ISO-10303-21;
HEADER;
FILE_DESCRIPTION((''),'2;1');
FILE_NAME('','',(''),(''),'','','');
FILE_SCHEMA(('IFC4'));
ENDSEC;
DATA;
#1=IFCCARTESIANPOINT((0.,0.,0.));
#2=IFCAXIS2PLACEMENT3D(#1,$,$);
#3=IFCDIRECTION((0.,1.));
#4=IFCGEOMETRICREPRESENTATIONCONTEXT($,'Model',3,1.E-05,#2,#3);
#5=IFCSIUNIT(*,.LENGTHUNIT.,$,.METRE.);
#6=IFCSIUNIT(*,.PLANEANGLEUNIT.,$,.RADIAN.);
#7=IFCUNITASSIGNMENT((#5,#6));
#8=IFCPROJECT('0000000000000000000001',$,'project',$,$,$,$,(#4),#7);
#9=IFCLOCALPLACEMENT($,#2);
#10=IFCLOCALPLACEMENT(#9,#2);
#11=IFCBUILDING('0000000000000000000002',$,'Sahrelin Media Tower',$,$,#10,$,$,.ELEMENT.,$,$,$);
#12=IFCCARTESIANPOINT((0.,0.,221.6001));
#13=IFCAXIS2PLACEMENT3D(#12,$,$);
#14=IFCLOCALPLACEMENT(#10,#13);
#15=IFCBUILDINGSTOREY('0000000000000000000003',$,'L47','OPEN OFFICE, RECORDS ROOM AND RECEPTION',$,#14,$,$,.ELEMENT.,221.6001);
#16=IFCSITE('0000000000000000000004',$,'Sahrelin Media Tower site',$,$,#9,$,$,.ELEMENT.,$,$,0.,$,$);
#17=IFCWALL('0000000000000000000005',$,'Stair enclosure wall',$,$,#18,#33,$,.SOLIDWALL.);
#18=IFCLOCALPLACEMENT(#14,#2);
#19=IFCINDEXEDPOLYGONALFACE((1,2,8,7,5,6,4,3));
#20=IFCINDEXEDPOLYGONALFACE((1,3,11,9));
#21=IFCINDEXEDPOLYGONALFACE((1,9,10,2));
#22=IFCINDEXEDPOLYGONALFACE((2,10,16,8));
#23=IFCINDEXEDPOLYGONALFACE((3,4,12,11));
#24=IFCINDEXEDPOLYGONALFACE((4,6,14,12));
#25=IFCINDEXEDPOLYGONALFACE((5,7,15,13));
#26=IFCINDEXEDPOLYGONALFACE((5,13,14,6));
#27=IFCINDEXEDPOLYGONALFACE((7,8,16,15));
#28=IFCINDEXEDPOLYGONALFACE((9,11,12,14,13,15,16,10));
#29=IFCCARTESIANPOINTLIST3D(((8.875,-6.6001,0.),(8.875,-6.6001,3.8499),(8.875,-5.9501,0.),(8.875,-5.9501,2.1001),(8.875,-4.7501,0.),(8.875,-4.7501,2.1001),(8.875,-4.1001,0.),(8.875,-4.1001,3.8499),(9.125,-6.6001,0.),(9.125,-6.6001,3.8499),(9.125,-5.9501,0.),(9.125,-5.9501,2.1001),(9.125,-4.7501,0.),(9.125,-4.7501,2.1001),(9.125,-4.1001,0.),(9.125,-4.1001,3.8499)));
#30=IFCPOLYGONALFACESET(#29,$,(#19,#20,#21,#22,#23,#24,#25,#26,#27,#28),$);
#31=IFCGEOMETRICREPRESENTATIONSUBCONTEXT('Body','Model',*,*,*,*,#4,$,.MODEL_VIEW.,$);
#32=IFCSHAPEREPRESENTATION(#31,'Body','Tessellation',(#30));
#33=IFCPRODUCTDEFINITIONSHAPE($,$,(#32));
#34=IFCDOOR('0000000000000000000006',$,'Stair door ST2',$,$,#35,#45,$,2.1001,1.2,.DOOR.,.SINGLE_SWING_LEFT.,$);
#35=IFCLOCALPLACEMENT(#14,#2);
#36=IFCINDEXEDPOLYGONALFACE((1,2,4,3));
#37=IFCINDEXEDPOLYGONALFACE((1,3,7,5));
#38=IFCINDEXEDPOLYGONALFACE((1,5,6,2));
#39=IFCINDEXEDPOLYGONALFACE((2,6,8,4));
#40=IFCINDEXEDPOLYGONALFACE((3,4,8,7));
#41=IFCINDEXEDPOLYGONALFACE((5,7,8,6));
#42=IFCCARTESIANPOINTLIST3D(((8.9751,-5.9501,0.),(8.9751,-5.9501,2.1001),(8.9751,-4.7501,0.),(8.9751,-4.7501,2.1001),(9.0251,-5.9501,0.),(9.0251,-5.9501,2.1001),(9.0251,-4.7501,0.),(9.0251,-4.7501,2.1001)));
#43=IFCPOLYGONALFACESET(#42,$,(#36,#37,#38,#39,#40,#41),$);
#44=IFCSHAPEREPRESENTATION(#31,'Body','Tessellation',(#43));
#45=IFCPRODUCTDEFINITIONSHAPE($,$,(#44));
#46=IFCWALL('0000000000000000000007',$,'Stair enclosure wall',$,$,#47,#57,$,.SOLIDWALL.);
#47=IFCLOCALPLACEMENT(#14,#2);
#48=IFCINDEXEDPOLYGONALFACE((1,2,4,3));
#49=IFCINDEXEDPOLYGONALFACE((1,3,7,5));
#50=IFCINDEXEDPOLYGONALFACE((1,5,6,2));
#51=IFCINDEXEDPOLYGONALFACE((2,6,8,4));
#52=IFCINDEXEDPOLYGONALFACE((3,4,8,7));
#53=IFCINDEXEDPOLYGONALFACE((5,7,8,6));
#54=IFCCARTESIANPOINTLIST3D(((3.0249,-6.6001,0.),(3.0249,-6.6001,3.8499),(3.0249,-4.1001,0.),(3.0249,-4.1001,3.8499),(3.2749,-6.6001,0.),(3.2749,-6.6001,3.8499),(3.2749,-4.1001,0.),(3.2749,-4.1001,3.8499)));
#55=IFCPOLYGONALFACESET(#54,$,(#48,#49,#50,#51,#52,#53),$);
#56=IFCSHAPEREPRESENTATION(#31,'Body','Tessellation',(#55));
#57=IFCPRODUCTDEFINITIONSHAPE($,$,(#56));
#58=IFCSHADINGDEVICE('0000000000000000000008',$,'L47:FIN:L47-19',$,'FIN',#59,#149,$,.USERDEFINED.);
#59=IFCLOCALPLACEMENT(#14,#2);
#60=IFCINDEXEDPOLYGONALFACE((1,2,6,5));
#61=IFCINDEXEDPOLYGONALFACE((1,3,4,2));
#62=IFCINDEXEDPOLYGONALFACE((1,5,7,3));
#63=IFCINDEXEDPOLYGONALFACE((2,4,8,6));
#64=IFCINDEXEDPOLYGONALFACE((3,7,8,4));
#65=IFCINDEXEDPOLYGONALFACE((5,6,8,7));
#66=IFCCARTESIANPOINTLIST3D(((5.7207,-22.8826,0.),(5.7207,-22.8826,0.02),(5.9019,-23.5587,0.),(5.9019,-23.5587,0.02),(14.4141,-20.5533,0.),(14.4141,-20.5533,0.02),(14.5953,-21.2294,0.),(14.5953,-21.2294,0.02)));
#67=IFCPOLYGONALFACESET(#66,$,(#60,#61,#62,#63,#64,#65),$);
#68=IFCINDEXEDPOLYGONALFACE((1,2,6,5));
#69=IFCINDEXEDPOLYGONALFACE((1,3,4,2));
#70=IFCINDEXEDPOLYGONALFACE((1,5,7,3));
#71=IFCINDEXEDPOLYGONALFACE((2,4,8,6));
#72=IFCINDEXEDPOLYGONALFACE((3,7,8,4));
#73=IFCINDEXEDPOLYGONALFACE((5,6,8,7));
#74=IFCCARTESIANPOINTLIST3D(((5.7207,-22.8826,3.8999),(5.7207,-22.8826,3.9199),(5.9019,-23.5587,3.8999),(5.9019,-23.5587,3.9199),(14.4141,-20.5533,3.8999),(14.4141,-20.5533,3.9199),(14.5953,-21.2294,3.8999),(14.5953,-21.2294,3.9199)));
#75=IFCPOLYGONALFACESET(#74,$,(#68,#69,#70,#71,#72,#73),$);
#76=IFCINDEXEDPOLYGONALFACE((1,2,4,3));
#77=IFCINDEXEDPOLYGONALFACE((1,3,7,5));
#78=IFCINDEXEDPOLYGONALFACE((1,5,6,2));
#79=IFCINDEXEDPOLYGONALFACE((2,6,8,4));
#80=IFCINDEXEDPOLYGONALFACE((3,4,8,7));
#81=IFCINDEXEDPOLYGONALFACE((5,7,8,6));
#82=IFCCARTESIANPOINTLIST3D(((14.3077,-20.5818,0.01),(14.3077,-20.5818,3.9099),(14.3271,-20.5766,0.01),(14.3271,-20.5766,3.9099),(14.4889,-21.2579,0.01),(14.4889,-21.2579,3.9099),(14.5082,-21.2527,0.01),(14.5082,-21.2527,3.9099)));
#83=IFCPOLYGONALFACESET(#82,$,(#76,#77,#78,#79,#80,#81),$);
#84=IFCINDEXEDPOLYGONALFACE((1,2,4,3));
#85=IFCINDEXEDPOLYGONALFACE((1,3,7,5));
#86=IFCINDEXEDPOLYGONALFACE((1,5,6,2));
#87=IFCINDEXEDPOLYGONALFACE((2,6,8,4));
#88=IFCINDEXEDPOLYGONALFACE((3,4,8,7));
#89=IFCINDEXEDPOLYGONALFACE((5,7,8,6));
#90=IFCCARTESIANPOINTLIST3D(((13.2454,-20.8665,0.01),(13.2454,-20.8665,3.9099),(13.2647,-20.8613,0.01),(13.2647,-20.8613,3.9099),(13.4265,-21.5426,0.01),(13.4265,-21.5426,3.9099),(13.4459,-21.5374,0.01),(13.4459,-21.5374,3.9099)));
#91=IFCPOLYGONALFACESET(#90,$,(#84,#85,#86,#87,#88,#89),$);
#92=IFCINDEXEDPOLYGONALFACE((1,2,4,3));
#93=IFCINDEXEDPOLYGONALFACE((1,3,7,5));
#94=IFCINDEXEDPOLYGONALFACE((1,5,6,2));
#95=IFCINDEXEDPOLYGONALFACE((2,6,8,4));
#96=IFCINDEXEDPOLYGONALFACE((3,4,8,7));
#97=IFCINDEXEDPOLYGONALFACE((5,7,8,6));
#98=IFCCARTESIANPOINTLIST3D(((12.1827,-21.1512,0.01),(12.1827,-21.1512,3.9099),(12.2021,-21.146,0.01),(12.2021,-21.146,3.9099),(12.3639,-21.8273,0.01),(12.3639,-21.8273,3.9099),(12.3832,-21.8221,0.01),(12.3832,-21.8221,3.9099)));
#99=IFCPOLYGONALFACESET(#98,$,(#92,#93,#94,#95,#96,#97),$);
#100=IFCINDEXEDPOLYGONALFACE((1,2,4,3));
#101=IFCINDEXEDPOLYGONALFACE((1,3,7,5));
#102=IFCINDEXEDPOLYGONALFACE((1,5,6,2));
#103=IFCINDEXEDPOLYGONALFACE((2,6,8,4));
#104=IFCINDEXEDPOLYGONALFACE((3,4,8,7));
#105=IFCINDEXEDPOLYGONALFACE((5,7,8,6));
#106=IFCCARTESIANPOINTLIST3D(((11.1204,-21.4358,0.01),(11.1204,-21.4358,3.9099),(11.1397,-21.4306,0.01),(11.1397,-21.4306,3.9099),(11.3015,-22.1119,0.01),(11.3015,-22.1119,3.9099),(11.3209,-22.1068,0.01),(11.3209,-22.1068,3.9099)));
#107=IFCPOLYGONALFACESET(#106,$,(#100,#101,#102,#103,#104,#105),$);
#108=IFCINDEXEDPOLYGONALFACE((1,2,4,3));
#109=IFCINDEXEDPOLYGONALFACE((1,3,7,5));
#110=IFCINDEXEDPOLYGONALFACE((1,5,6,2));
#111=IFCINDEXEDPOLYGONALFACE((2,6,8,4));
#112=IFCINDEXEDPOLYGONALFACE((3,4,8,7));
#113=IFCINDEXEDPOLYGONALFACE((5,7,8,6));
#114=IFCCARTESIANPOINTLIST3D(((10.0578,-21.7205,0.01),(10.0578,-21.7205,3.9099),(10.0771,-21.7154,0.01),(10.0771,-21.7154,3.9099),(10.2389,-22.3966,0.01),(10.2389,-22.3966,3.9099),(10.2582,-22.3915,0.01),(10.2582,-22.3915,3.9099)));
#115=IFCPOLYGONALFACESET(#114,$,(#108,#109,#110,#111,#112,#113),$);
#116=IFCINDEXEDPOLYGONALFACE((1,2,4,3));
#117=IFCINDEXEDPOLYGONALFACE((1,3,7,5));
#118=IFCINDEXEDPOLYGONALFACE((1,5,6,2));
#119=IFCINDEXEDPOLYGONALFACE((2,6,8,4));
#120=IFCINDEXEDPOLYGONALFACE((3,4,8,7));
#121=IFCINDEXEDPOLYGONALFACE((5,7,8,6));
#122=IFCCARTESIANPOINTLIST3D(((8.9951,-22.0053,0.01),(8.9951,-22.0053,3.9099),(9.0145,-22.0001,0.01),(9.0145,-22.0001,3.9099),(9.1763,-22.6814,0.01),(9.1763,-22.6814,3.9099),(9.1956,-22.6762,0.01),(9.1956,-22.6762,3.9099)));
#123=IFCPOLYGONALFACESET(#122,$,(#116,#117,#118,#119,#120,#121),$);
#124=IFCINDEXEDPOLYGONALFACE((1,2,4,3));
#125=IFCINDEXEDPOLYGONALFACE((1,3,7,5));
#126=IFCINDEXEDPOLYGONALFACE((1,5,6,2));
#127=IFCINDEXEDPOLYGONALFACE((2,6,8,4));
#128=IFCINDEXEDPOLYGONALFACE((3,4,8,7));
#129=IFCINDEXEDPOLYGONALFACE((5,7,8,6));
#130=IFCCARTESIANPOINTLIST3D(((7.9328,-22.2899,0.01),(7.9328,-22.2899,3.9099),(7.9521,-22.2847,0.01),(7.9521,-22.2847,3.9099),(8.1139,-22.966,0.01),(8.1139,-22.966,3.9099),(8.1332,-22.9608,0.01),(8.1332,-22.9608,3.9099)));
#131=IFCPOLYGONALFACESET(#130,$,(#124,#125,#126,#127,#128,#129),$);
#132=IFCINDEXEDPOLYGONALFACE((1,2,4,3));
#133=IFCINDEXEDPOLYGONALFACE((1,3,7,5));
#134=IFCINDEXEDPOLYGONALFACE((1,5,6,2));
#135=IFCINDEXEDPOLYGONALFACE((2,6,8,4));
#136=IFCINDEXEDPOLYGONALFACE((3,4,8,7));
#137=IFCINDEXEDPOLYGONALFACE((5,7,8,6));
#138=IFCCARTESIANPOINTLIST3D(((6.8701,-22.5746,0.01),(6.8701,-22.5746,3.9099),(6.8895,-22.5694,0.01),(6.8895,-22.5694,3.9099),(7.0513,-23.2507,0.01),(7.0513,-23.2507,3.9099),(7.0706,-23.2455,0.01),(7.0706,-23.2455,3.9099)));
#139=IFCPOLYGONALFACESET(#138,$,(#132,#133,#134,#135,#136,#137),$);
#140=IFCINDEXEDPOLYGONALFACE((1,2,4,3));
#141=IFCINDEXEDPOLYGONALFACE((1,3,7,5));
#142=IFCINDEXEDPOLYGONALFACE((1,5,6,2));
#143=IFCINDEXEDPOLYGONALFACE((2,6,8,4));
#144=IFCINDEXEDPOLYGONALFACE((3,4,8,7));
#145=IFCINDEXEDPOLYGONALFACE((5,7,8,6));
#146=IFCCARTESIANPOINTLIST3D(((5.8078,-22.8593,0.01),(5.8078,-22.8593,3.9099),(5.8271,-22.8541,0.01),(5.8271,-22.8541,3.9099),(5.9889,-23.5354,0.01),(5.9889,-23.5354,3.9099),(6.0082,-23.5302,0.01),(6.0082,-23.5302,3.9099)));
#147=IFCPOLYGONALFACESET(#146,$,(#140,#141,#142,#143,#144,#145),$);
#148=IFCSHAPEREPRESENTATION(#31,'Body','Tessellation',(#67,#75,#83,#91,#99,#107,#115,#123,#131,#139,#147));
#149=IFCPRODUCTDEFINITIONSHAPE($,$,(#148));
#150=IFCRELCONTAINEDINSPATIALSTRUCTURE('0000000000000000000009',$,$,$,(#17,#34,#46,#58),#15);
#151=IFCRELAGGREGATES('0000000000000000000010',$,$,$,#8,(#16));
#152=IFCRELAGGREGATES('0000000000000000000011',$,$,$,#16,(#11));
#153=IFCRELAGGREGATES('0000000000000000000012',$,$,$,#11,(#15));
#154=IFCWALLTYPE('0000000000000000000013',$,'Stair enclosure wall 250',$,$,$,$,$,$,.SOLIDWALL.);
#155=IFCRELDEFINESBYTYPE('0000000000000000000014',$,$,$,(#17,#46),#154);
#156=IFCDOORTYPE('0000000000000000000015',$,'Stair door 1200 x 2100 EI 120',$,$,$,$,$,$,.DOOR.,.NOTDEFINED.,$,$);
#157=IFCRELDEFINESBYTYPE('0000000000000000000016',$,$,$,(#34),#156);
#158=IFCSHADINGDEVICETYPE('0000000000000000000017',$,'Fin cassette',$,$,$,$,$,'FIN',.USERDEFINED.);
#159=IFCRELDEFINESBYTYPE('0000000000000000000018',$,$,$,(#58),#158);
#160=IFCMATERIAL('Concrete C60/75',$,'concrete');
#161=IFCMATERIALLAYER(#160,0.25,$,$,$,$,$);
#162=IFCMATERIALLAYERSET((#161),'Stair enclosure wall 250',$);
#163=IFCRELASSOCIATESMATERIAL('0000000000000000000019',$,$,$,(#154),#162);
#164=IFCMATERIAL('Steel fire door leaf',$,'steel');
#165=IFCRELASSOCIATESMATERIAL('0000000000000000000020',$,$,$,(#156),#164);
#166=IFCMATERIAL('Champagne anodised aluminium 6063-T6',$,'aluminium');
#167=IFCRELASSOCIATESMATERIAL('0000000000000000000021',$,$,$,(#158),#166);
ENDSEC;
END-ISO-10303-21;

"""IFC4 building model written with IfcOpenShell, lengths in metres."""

from ifc_helpers import new_model, si_unit, direction, frame, frame_2d, origin, origin_2d, place, context, subcontext, project, spatial, rectangle, extrude, material, layer, layer_set, type_object, element, fill, save


model = new_model("IFC4")

# Units and contexts
model_context = context("Model", 3, precision=1e-05, world=origin(), true_north=direction((0.0, 1.0)))
body_context = subcontext(model_context, "Body", "Model", "MODEL_VIEW")
ifc_project = project(units=[si_unit("LENGTHUNIT", "METRE"), si_unit("PLANEANGLEUNIT", "RADIAN")], contexts=[model_context])

# Site, building, storey
site_placement = place(None, origin())
site = spatial("IfcSite", under=ifc_project, at=site_placement, Name="Sahrelin Media Tower site", CompositionType="ELEMENT", RefElevation=0.0)
building_placement = place(site_placement, origin())
building = spatial("IfcBuilding", under=site, at=building_placement, Name="Sahrelin Media Tower", CompositionType="ELEMENT")
storey_placement = place(building_placement, frame((0.0, 0.0, 221.6001)))
storey = spatial("IfcBuildingStorey", under=building, at=storey_placement, Name="L47", Description="OPEN OFFICE, RECORDS ROOM AND RECEPTION", CompositionType="ELEMENT", Elevation=221.6001)

# Shared definitions
ifc_material_1 = material(Name="Champagne anodised aluminium 6063-T6", Category="aluminium")

# Shared definitions
ifc_material_2 = material(Name="Concrete C60/75", Category="concrete")
ifc_material_3 = material(Name="Steel fire door leaf", Category="steel")

# Wall, opening, door
ifc_layer_1 = layer(ifc_material_2, 0.25)
ifc_layer_set_1 = layer_set([ifc_layer_1], Name="Stair enclosure wall 250")
wall_type_1 = type_object("IfcWallType", Name="Stair enclosure wall 250", PredefinedType="SOLIDWALL", material=ifc_layer_set_1)
wall_1_placement = place(storey_placement, frame((9.0, -6.6001, 0.0), z_axis=(0.0, 0.0, 1.0), x_axis=(0.0, 1.0, 0.0)))
wall_1 = element("IfcWall", 1, at=wall_1_placement, inside=storey, type_object=wall_type_1, Name="Stair enclosure wall", PredefinedType="SOLIDWALL", context=body_context, shape_type="SweptSolid", body=[
    extrude(rectangle(XDim=2.5, YDim=0.25, at=frame_2d((1.25, 0.0))), origin(), (0.0, 0.0, 1.0), 3.8499),
])
opening_1_placement = place(wall_1_placement, frame((0.6499, 0.0, 0.0)))
opening_1 = element("IfcOpeningElement", 2, at=opening_1_placement, cuts=wall_1, PredefinedType="OPENING", context=body_context, shape_type="SweptSolid", body=[
    extrude(rectangle(XDim=1.2, YDim=2.1001, at=frame_2d((0.6001, 1.05))), frame((0.0, 0.125, 0.0), z_axis=(0.0, -1.0, 0.0), x_axis=(1.0, 0.0, 0.0)), (0.0, 0.0, 1.0), 0.25),
])
door_type_1 = type_object("IfcDoorType", Name="Stair door 1200 x 2100 EI 120", OperationType="NOTDEFINED", PredefinedType="DOOR", material=ifc_material_3)
door_1_placement = place(opening_1_placement, origin())
door_1 = element("IfcDoor", 3, at=door_1_placement, inside=storey, type_object=door_type_1, Name="Stair door ST2", OperationType="SINGLE_SWING_LEFT", OverallHeight=2.1001, OverallWidth=1.2, PredefinedType="DOOR", context=body_context, shape_type="SweptSolid", body=[
    extrude(rectangle(XDim=1.2, YDim=2.1001, at=frame_2d((0.6001, 1.05))), frame((0.0, 0.0249, 0.0), z_axis=(0.0, -1.0, 0.0), x_axis=(1.0, 0.0, 0.0)), (0.0, 0.0, 1.0), 0.05),
])
fill(opening_1, door_1)

# Wall
wall_2_placement = place(storey_placement, frame((3.1499, -6.6001, 0.0), z_axis=(0.0, 0.0, 1.0), x_axis=(0.0, 1.0, 0.0)))
element("IfcWall", 4, at=wall_2_placement, inside=storey, type_object=wall_type_1, Name="Stair enclosure wall", PredefinedType="SOLIDWALL", context=body_context, shape_type="SweptSolid", body=[
    extrude(rectangle(XDim=2.5, YDim=0.25, at=frame_2d((1.25, 0.0))), origin(), (0.0, 0.0, 1.0), 3.8499),
])

# Shading device
shading_device_type_1 = type_object("IfcShadingDeviceType", Name="Fin cassette", ElementType="FIN", PredefinedType="USERDEFINED", material=ifc_material_1)
placement = place(storey_placement, frame((10.0493, -21.6504, 0.0), z_axis=(0.0, 0.0, 1.0), x_axis=(-0.965929, -0.258808, 0.0)))
element("IfcShadingDevice", 5, at=placement, inside=storey, type_object=shading_device_type_1, Name="L47:FIN:L47-19", ObjectType="FIN", PredefinedType="USERDEFINED", context=body_context, shape_type="SweptSolid", body=[
    extrude(rectangle(XDim=9.0, YDim=0.7, at=origin_2d()), frame((0.0, 0.4199, 0.0)), (0.0, 0.0, 1.0), 0.02),
    extrude(rectangle(XDim=9.0, YDim=0.7, at=origin_2d()), frame((0.0, 0.4199, 3.8999)), (0.0, 0.0, 1.0), 0.02),
    extrude(rectangle(XDim=0.02, YDim=0.7, at=origin_2d()), frame((-4.3999, 0.4199, 0.01), z_axis=(0.0, 0.0, 1.0), x_axis=(1.0, 0.0, 0.0)), (0.0, 0.0, 1.0), 3.8999),
    extrude(rectangle(XDim=0.02, YDim=0.7, at=origin_2d()), frame((-3.3, 0.4199, 0.01), z_axis=(0.0, 0.0, 1.0), x_axis=(1.0, 0.0, 0.0)), (0.0, 0.0, 1.0), 3.8999),
    extrude(rectangle(XDim=0.02, YDim=0.7, at=origin_2d()), frame((-2.2, 0.4199, 0.01), z_axis=(0.0, 0.0, 1.0), x_axis=(1.0, 0.0, 0.0)), (0.0, 0.0, 1.0), 3.8999),
    extrude(rectangle(XDim=0.02, YDim=0.7, at=origin_2d()), frame((-1.1001, 0.4199, 0.01), z_axis=(0.0, 0.0, 1.0), x_axis=(1.0, 0.0, 0.0)), (0.0, 0.0, 1.0), 3.8999),
    extrude(rectangle(XDim=0.02, YDim=0.7, at=origin_2d()), frame((0.0, 0.4199, 0.01), z_axis=(0.0, 0.0, 1.0), x_axis=(1.0, 0.0, 0.0)), (0.0, 0.0, 1.0), 3.8999),
    extrude(rectangle(XDim=0.02, YDim=0.7, at=origin_2d()), frame((1.1001, 0.4199, 0.01), z_axis=(0.0, 0.0, 1.0), x_axis=(1.0, 0.0, 0.0)), (0.0, 0.0, 1.0), 3.8999),
    extrude(rectangle(XDim=0.02, YDim=0.7, at=origin_2d()), frame((2.2, 0.4199, 0.01), z_axis=(0.0, 0.0, 1.0), x_axis=(1.0, 0.0, 0.0)), (0.0, 0.0, 1.0), 3.8999),
    extrude(rectangle(XDim=0.02, YDim=0.7, at=origin_2d()), frame((3.3, 0.4199, 0.01), z_axis=(0.0, 0.0, 1.0), x_axis=(1.0, 0.0, 0.0)), (0.0, 0.0, 1.0), 3.8999),
    extrude(rectangle(XDim=0.02, YDim=0.7, at=origin_2d()), frame((4.3999, 0.4199, 0.01), z_axis=(0.0, 0.0, 1.0), x_axis=(1.0, 0.0, 0.0)), (0.0, 0.0, 1.0), 3.8999),
])

save(model, "model.ifc")
